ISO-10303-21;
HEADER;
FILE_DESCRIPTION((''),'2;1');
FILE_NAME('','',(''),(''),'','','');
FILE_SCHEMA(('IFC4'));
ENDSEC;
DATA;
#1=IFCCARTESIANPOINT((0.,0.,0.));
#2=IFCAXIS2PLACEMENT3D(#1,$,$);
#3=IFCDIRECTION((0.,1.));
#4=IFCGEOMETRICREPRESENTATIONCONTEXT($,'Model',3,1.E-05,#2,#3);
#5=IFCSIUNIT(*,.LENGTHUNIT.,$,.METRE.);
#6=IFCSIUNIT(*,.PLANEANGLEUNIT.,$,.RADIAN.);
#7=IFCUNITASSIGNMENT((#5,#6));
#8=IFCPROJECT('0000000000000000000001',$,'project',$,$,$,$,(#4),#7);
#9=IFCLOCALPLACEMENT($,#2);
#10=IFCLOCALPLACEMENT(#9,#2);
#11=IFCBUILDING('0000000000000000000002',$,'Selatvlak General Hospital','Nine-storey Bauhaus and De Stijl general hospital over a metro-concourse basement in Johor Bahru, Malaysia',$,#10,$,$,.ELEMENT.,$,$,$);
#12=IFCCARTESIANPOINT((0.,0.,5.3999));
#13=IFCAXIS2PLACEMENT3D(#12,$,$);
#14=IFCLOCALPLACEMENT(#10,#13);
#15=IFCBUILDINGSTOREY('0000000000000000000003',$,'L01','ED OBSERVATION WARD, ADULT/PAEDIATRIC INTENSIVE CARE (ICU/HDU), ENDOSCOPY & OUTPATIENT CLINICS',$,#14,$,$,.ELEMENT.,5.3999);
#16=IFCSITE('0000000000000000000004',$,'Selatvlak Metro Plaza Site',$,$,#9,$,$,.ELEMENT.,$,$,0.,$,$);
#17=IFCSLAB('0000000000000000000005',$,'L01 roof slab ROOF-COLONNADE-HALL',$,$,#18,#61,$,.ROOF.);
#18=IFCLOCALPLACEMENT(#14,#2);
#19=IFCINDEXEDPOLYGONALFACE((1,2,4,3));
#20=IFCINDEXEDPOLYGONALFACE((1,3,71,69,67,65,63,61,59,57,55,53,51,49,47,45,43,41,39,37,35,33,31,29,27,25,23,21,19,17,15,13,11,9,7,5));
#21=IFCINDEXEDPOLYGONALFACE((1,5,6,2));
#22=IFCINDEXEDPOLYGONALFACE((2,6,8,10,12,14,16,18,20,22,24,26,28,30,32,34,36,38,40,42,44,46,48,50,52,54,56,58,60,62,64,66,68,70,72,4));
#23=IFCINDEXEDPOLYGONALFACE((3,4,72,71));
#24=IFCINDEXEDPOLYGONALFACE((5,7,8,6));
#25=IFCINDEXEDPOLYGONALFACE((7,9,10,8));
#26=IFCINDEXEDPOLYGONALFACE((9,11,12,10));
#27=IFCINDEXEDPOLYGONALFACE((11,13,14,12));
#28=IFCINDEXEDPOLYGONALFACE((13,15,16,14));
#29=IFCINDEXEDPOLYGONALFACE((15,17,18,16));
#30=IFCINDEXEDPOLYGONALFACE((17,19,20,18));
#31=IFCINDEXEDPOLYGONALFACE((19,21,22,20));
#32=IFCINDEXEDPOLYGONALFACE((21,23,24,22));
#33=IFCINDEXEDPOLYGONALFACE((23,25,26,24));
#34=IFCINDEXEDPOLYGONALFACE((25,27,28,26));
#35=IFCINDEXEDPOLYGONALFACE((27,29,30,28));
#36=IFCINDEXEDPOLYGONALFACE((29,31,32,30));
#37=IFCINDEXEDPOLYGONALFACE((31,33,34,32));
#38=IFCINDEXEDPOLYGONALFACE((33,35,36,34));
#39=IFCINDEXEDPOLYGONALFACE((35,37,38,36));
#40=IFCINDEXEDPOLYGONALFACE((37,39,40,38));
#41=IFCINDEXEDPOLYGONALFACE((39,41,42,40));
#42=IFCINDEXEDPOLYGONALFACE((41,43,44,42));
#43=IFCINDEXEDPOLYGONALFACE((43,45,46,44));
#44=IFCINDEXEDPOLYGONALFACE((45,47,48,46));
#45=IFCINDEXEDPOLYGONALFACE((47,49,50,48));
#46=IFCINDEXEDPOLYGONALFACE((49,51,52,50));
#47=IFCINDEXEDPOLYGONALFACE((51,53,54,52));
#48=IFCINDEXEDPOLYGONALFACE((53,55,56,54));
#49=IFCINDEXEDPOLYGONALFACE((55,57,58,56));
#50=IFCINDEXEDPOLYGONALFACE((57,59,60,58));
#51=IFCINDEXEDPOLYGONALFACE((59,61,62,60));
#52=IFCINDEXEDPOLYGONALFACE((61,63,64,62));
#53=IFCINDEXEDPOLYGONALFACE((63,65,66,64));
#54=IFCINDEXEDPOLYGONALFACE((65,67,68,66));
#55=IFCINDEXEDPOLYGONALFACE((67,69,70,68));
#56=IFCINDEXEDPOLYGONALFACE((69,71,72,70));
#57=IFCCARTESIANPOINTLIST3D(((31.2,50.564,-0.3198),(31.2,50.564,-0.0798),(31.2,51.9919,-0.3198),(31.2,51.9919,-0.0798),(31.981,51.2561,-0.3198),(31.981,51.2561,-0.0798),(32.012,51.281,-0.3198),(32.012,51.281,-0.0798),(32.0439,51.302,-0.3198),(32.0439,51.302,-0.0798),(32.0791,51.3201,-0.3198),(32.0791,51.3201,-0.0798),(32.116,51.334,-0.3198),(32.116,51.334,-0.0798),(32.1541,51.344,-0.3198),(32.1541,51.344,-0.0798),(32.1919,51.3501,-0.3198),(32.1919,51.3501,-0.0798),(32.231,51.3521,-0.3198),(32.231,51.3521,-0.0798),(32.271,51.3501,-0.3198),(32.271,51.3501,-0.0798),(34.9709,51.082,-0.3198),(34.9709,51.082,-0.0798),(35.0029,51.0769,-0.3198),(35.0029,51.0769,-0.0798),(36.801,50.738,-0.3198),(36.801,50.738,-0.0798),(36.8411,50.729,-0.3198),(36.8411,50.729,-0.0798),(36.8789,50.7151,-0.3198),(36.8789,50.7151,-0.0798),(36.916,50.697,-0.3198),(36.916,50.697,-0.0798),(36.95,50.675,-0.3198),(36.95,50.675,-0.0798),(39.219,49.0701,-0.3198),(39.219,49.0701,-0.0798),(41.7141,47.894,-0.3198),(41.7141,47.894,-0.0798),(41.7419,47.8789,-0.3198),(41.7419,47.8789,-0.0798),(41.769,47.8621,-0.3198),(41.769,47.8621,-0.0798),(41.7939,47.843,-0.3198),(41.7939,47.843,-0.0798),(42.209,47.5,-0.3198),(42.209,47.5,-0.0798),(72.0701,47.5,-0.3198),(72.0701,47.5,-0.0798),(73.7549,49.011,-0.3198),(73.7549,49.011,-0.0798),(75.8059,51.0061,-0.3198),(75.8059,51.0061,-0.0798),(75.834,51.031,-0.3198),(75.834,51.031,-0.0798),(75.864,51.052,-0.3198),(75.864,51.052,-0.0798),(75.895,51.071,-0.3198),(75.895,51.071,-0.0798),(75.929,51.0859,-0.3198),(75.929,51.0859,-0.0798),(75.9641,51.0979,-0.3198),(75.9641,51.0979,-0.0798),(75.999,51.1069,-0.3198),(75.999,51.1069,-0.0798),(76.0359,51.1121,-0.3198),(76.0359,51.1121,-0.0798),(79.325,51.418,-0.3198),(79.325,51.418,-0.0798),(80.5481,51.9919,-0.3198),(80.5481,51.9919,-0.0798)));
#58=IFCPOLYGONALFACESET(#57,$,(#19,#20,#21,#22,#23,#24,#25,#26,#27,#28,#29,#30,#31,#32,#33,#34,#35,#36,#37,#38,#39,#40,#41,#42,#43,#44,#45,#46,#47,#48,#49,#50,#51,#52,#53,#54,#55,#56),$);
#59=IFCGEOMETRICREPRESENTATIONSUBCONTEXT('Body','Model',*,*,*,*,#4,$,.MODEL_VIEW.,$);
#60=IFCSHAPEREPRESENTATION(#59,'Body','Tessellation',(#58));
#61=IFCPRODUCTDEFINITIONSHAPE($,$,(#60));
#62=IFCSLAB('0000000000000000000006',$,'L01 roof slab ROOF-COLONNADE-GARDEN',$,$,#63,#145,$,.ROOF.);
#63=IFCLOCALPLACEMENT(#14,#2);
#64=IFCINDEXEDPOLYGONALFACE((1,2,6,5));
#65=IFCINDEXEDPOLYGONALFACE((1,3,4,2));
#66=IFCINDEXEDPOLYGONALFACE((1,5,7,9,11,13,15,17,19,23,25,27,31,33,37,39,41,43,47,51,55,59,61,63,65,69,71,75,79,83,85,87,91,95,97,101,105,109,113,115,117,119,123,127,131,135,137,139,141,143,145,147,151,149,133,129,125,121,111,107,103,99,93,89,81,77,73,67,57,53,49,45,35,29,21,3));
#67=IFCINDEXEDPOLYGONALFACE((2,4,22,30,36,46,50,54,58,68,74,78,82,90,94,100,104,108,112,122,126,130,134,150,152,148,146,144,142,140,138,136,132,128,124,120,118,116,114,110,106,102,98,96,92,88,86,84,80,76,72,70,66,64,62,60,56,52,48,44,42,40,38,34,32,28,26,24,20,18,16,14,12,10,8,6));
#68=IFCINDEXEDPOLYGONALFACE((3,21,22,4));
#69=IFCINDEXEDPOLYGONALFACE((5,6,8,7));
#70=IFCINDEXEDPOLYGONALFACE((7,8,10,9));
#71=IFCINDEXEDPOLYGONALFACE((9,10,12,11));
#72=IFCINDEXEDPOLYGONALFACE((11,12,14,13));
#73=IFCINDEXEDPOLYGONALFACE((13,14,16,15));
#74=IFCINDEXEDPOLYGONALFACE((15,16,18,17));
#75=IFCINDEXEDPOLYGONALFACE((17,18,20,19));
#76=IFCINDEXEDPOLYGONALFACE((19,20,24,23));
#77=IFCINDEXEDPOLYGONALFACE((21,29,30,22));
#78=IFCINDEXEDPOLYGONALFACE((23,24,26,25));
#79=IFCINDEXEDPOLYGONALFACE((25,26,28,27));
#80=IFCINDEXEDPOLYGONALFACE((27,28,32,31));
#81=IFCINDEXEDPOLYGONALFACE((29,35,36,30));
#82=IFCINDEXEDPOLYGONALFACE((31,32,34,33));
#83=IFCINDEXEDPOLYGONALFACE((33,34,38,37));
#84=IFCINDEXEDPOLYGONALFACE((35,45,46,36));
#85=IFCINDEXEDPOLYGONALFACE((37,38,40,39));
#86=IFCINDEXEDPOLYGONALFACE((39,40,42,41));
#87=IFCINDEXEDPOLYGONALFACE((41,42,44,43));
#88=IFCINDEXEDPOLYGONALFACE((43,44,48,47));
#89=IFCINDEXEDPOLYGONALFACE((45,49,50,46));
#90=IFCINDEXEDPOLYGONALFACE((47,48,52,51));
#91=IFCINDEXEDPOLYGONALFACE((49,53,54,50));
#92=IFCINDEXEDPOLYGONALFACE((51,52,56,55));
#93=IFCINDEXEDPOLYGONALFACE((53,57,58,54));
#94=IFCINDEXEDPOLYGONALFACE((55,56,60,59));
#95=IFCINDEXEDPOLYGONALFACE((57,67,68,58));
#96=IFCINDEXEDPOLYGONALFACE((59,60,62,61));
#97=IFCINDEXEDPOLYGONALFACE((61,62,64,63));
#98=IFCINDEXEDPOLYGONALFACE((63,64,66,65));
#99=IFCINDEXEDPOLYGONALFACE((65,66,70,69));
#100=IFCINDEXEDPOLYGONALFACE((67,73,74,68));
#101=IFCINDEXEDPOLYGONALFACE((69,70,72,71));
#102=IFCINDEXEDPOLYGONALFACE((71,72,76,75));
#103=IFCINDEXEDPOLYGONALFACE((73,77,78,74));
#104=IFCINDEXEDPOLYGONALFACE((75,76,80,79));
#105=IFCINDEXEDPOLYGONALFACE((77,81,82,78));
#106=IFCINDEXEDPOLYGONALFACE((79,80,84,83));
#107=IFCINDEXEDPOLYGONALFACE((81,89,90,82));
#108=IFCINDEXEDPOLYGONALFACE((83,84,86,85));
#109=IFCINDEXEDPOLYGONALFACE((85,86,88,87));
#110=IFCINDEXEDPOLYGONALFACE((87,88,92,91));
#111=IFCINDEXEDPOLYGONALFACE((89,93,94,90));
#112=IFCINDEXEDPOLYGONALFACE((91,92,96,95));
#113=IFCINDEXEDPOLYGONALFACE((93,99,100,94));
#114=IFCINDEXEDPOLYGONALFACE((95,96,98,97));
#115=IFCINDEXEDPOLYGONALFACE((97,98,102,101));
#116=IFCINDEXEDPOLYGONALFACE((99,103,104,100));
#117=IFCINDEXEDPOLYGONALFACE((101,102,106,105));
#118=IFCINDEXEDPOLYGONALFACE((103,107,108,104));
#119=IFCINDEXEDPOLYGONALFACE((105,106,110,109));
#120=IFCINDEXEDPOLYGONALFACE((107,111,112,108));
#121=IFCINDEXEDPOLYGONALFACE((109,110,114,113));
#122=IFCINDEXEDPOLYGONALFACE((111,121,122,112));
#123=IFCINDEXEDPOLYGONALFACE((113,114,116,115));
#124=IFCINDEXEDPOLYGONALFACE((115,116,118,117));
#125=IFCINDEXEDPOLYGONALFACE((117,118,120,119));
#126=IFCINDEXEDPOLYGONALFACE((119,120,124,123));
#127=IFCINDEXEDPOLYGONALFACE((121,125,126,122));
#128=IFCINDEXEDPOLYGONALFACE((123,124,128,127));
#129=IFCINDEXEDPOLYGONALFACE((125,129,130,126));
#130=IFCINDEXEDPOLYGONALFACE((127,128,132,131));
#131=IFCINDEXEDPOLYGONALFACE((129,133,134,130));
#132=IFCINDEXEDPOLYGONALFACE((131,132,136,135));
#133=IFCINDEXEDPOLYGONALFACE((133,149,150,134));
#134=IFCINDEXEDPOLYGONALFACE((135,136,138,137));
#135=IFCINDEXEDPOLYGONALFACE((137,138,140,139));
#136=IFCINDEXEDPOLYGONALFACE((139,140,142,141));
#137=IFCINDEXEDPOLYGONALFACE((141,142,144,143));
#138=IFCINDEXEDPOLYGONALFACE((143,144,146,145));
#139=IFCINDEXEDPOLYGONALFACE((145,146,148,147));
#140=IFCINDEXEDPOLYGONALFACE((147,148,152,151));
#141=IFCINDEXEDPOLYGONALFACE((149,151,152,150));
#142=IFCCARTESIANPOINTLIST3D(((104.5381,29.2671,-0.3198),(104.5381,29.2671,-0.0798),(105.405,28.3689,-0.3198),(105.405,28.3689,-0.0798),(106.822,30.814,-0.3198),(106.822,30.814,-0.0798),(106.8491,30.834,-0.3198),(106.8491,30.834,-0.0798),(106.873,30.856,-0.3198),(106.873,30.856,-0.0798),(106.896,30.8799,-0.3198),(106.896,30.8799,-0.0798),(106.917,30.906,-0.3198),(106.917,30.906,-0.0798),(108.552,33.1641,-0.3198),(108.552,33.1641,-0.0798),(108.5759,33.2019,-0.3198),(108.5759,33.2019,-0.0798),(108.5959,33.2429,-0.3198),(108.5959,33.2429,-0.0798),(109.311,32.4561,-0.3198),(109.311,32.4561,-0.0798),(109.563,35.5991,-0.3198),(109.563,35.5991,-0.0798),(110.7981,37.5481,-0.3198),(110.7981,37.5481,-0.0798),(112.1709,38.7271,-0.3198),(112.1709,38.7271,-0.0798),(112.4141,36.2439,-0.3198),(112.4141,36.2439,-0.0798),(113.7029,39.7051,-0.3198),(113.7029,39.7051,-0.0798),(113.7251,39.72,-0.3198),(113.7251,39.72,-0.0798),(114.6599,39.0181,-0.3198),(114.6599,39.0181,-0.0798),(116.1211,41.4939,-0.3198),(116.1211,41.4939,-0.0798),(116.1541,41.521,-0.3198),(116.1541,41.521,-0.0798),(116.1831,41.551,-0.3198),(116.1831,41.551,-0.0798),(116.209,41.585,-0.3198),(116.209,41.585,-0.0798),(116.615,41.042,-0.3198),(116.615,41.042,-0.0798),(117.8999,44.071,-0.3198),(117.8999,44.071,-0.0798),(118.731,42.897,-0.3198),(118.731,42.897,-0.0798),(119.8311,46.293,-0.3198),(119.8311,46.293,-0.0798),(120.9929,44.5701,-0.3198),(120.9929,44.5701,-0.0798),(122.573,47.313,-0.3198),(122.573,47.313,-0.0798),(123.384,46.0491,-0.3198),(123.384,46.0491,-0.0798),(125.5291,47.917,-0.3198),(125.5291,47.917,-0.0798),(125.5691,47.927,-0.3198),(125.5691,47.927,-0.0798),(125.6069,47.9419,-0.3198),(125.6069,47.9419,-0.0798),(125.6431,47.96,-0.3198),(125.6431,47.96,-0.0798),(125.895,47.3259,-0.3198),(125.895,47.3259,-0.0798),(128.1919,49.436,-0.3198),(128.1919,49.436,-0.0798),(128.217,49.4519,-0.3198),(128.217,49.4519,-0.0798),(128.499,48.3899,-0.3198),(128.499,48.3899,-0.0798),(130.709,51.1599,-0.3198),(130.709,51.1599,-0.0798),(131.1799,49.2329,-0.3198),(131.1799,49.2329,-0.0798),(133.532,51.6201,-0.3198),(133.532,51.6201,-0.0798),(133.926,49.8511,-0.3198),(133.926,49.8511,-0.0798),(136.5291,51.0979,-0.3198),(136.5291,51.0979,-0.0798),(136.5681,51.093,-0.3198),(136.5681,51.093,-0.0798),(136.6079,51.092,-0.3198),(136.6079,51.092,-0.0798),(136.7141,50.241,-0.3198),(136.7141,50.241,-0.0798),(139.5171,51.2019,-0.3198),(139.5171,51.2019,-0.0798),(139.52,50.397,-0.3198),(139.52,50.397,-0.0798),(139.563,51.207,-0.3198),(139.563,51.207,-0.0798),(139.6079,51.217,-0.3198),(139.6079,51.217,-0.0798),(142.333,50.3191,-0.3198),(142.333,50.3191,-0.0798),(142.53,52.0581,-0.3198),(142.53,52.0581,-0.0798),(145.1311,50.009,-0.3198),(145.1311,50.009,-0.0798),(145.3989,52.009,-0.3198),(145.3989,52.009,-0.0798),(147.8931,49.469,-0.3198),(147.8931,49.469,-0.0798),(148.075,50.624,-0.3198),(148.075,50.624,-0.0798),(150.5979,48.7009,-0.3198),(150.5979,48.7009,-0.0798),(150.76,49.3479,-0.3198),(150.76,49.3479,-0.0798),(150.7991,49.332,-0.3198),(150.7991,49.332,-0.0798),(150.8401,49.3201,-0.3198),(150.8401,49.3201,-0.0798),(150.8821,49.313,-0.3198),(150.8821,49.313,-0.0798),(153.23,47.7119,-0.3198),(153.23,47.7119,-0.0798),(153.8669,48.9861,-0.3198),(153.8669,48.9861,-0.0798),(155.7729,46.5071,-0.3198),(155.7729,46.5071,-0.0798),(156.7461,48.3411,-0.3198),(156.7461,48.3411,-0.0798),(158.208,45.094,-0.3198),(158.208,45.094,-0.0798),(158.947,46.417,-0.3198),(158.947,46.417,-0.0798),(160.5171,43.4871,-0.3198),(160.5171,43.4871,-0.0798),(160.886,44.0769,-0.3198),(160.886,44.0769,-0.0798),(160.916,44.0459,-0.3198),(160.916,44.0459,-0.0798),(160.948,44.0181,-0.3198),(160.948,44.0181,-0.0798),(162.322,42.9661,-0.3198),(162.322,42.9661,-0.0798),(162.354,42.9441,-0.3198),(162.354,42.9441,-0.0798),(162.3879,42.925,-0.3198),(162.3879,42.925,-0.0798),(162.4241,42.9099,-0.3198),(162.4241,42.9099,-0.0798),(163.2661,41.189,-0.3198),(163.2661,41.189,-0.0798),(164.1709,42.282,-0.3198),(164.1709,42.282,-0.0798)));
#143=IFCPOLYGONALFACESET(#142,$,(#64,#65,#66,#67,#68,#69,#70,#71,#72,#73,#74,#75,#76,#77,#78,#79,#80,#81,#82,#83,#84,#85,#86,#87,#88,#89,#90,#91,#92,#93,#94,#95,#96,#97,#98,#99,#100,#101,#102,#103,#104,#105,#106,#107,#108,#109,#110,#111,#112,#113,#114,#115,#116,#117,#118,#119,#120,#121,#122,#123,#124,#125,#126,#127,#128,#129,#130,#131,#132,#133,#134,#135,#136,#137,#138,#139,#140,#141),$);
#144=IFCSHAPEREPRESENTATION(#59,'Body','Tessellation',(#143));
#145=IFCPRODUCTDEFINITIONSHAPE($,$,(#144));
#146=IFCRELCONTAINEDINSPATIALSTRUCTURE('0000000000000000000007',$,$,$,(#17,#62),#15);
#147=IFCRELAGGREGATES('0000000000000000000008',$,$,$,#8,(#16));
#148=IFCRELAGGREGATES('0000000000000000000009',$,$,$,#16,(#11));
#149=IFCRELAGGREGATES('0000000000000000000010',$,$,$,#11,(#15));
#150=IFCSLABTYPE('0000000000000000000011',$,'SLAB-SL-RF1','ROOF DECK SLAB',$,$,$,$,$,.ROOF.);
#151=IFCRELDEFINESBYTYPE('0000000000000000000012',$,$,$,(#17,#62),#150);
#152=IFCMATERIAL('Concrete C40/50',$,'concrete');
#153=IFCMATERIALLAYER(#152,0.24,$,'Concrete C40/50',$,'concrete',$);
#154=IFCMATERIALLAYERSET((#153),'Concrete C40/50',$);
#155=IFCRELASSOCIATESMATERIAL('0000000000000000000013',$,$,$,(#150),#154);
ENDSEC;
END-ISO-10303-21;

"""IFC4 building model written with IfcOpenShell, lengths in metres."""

from ifc_helpers import new_model, si_unit, direction, frame, origin, place, context, subcontext, project, spatial, polyline, outline, extrude, material, layer, layer_set, type_object, element, save


model = new_model("IFC4")

# Units and contexts
model_context = context("Model", 3, precision=1e-05, world=origin(), true_north=direction((0.0, 1.0)))
body_context = subcontext(model_context, "Body", "Model", "MODEL_VIEW")
ifc_project = project(units=[si_unit("LENGTHUNIT", "METRE"), si_unit("PLANEANGLEUNIT", "RADIAN")], contexts=[model_context])

# Site, building, storey
site_placement = place(None, origin())
site = spatial("IfcSite", under=ifc_project, at=site_placement, Name="Selatvlak Metro Plaza Site", CompositionType="ELEMENT", RefElevation=0.0)
building_placement = place(site_placement, origin())
building = spatial("IfcBuilding", under=site, at=building_placement, Name="Selatvlak General Hospital", Description="Nine-storey Bauhaus and De Stijl general hospital over a metro-concourse basement in Johor Bahru, Malaysia", CompositionType="ELEMENT")
storey_placement = place(building_placement, frame((0.0, 0.0, 5.3999)))
storey = spatial("IfcBuildingStorey", under=building, at=storey_placement, Name="L01", Description="ED OBSERVATION WARD, ADULT/PAEDIATRIC INTENSIVE CARE (ICU/HDU), ENDOSCOPY & OUTPATIENT CLINICS", CompositionType="ELEMENT", Elevation=5.3999)

# Shared definitions
ifc_material_1 = material(Name="Concrete C40/50", Category="concrete")

# Slabs
ifc_layer_1 = layer(ifc_material_1, 0.24, Name="Concrete C40/50", Category="concrete")
ifc_layer_set_1 = layer_set([ifc_layer_1], Name="Concrete C40/50")
slab_type_1 = type_object("IfcSlabType", Name="SLAB-SL-RF1", Description="ROOF DECK SLAB", PredefinedType="ROOF", material=ifc_layer_set_1)
slab_1_placement = place(storey_placement, frame((0.0, 0.0, -0.3198)))
element("IfcSlab", 1, at=slab_1_placement, inside=storey, type_object=slab_type_1, Name="L01 roof slab ROOF-COLONNADE-HALL", PredefinedType="ROOF", context=body_context, shape_type="SweptSolid", body=[
    extrude(outline(polyline([(79.325, 51.418), (76.0359, 51.1121), (75.999, 51.1069), (75.9641, 51.0979), (75.929, 51.0859), (75.895, 51.071), (75.864, 51.052), (75.834, 51.031), (75.8059, 51.0061), (73.7549, 49.011), (72.0701, 47.5), (42.209, 47.5), (41.7939, 47.843), (41.769, 47.8621), (41.7419, 47.8789), (41.7141, 47.894), (39.219, 49.0701), (36.95, 50.675), (36.916, 50.697), (36.8789, 50.7151), (36.8411, 50.729), (36.801, 50.738), (35.0029, 51.0769), (34.9709, 51.082), (32.271, 51.3501), (32.231, 51.3521), (32.1919, 51.3501), (32.1541, 51.344), (32.116, 51.334), (32.0791, 51.3201), (32.0439, 51.302), (32.012, 51.281), (31.981, 51.2561), (31.2, 50.564), (31.2, 51.9919), (80.5481, 51.9919), (79.325, 51.418)])), origin(), (0.0, 0.0, 1.0), 0.24),
])
slab_2_placement = place(storey_placement, frame((0.0, 0.0, -0.3198)))
element("IfcSlab", 2, at=slab_2_placement, inside=storey, type_object=slab_type_1, Name="L01 roof slab ROOF-COLONNADE-GARDEN", PredefinedType="ROOF", context=body_context, shape_type="SweptSolid", body=[
    extrude(outline(polyline([(160.5171, 43.4871), (158.208, 45.094), (155.7729, 46.5071), (153.23, 47.7119), (150.5979, 48.7009), (147.8931, 49.469), (145.1311, 50.009), (142.333, 50.3191), (139.52, 50.397), (136.7141, 50.241), (133.926, 49.8511), (131.1799, 49.2329), (128.499, 48.3899), (125.895, 47.3259), (123.384, 46.0491), (120.9929, 44.5701), (118.731, 42.897), (116.615, 41.042), (114.6599, 39.0181), (112.4141, 36.2439), (109.311, 32.4561), (105.405, 28.3689), (104.5381, 29.2671), (106.822, 30.814), (106.8491, 30.834), (106.873, 30.856), (106.896, 30.8799), (106.917, 30.906), (108.552, 33.1641), (108.5759, 33.2019), (108.5959, 33.2429), (109.563, 35.5991), (110.7981, 37.5481), (112.1709, 38.7271), (113.7029, 39.7051), (113.7251, 39.72), (116.1211, 41.4939), (116.1541, 41.521), (116.1831, 41.551), (116.209, 41.585), (117.8999, 44.071), (119.8311, 46.293), (122.573, 47.313), (125.5291, 47.917), (125.5691, 47.927), (125.6069, 47.9419), (125.6431, 47.96), (128.1919, 49.436), (128.217, 49.4519), (130.709, 51.1599), (133.532, 51.6201), (136.5291, 51.0979), (136.5681, 51.093), (136.6079, 51.092), (139.5171, 51.2019), (139.563, 51.207), (139.6079, 51.217), (142.53, 52.0581), (145.3989, 52.009), (148.075, 50.624), (150.76, 49.3479), (150.7991, 49.332), (150.8401, 49.3201), (150.8821, 49.313), (153.8669, 48.9861), (156.7461, 48.3411), (158.947, 46.417), (160.886, 44.0769), (160.916, 44.0459), (160.948, 44.0181), (162.322, 42.9661), (162.354, 42.9441), (162.3879, 42.925), (162.4241, 42.9099), (164.1709, 42.282), (163.2661, 41.189), (160.5171, 43.4871)])), origin(), (0.0, 0.0, 1.0), 0.24),
])

save(model, "model.ifc")
